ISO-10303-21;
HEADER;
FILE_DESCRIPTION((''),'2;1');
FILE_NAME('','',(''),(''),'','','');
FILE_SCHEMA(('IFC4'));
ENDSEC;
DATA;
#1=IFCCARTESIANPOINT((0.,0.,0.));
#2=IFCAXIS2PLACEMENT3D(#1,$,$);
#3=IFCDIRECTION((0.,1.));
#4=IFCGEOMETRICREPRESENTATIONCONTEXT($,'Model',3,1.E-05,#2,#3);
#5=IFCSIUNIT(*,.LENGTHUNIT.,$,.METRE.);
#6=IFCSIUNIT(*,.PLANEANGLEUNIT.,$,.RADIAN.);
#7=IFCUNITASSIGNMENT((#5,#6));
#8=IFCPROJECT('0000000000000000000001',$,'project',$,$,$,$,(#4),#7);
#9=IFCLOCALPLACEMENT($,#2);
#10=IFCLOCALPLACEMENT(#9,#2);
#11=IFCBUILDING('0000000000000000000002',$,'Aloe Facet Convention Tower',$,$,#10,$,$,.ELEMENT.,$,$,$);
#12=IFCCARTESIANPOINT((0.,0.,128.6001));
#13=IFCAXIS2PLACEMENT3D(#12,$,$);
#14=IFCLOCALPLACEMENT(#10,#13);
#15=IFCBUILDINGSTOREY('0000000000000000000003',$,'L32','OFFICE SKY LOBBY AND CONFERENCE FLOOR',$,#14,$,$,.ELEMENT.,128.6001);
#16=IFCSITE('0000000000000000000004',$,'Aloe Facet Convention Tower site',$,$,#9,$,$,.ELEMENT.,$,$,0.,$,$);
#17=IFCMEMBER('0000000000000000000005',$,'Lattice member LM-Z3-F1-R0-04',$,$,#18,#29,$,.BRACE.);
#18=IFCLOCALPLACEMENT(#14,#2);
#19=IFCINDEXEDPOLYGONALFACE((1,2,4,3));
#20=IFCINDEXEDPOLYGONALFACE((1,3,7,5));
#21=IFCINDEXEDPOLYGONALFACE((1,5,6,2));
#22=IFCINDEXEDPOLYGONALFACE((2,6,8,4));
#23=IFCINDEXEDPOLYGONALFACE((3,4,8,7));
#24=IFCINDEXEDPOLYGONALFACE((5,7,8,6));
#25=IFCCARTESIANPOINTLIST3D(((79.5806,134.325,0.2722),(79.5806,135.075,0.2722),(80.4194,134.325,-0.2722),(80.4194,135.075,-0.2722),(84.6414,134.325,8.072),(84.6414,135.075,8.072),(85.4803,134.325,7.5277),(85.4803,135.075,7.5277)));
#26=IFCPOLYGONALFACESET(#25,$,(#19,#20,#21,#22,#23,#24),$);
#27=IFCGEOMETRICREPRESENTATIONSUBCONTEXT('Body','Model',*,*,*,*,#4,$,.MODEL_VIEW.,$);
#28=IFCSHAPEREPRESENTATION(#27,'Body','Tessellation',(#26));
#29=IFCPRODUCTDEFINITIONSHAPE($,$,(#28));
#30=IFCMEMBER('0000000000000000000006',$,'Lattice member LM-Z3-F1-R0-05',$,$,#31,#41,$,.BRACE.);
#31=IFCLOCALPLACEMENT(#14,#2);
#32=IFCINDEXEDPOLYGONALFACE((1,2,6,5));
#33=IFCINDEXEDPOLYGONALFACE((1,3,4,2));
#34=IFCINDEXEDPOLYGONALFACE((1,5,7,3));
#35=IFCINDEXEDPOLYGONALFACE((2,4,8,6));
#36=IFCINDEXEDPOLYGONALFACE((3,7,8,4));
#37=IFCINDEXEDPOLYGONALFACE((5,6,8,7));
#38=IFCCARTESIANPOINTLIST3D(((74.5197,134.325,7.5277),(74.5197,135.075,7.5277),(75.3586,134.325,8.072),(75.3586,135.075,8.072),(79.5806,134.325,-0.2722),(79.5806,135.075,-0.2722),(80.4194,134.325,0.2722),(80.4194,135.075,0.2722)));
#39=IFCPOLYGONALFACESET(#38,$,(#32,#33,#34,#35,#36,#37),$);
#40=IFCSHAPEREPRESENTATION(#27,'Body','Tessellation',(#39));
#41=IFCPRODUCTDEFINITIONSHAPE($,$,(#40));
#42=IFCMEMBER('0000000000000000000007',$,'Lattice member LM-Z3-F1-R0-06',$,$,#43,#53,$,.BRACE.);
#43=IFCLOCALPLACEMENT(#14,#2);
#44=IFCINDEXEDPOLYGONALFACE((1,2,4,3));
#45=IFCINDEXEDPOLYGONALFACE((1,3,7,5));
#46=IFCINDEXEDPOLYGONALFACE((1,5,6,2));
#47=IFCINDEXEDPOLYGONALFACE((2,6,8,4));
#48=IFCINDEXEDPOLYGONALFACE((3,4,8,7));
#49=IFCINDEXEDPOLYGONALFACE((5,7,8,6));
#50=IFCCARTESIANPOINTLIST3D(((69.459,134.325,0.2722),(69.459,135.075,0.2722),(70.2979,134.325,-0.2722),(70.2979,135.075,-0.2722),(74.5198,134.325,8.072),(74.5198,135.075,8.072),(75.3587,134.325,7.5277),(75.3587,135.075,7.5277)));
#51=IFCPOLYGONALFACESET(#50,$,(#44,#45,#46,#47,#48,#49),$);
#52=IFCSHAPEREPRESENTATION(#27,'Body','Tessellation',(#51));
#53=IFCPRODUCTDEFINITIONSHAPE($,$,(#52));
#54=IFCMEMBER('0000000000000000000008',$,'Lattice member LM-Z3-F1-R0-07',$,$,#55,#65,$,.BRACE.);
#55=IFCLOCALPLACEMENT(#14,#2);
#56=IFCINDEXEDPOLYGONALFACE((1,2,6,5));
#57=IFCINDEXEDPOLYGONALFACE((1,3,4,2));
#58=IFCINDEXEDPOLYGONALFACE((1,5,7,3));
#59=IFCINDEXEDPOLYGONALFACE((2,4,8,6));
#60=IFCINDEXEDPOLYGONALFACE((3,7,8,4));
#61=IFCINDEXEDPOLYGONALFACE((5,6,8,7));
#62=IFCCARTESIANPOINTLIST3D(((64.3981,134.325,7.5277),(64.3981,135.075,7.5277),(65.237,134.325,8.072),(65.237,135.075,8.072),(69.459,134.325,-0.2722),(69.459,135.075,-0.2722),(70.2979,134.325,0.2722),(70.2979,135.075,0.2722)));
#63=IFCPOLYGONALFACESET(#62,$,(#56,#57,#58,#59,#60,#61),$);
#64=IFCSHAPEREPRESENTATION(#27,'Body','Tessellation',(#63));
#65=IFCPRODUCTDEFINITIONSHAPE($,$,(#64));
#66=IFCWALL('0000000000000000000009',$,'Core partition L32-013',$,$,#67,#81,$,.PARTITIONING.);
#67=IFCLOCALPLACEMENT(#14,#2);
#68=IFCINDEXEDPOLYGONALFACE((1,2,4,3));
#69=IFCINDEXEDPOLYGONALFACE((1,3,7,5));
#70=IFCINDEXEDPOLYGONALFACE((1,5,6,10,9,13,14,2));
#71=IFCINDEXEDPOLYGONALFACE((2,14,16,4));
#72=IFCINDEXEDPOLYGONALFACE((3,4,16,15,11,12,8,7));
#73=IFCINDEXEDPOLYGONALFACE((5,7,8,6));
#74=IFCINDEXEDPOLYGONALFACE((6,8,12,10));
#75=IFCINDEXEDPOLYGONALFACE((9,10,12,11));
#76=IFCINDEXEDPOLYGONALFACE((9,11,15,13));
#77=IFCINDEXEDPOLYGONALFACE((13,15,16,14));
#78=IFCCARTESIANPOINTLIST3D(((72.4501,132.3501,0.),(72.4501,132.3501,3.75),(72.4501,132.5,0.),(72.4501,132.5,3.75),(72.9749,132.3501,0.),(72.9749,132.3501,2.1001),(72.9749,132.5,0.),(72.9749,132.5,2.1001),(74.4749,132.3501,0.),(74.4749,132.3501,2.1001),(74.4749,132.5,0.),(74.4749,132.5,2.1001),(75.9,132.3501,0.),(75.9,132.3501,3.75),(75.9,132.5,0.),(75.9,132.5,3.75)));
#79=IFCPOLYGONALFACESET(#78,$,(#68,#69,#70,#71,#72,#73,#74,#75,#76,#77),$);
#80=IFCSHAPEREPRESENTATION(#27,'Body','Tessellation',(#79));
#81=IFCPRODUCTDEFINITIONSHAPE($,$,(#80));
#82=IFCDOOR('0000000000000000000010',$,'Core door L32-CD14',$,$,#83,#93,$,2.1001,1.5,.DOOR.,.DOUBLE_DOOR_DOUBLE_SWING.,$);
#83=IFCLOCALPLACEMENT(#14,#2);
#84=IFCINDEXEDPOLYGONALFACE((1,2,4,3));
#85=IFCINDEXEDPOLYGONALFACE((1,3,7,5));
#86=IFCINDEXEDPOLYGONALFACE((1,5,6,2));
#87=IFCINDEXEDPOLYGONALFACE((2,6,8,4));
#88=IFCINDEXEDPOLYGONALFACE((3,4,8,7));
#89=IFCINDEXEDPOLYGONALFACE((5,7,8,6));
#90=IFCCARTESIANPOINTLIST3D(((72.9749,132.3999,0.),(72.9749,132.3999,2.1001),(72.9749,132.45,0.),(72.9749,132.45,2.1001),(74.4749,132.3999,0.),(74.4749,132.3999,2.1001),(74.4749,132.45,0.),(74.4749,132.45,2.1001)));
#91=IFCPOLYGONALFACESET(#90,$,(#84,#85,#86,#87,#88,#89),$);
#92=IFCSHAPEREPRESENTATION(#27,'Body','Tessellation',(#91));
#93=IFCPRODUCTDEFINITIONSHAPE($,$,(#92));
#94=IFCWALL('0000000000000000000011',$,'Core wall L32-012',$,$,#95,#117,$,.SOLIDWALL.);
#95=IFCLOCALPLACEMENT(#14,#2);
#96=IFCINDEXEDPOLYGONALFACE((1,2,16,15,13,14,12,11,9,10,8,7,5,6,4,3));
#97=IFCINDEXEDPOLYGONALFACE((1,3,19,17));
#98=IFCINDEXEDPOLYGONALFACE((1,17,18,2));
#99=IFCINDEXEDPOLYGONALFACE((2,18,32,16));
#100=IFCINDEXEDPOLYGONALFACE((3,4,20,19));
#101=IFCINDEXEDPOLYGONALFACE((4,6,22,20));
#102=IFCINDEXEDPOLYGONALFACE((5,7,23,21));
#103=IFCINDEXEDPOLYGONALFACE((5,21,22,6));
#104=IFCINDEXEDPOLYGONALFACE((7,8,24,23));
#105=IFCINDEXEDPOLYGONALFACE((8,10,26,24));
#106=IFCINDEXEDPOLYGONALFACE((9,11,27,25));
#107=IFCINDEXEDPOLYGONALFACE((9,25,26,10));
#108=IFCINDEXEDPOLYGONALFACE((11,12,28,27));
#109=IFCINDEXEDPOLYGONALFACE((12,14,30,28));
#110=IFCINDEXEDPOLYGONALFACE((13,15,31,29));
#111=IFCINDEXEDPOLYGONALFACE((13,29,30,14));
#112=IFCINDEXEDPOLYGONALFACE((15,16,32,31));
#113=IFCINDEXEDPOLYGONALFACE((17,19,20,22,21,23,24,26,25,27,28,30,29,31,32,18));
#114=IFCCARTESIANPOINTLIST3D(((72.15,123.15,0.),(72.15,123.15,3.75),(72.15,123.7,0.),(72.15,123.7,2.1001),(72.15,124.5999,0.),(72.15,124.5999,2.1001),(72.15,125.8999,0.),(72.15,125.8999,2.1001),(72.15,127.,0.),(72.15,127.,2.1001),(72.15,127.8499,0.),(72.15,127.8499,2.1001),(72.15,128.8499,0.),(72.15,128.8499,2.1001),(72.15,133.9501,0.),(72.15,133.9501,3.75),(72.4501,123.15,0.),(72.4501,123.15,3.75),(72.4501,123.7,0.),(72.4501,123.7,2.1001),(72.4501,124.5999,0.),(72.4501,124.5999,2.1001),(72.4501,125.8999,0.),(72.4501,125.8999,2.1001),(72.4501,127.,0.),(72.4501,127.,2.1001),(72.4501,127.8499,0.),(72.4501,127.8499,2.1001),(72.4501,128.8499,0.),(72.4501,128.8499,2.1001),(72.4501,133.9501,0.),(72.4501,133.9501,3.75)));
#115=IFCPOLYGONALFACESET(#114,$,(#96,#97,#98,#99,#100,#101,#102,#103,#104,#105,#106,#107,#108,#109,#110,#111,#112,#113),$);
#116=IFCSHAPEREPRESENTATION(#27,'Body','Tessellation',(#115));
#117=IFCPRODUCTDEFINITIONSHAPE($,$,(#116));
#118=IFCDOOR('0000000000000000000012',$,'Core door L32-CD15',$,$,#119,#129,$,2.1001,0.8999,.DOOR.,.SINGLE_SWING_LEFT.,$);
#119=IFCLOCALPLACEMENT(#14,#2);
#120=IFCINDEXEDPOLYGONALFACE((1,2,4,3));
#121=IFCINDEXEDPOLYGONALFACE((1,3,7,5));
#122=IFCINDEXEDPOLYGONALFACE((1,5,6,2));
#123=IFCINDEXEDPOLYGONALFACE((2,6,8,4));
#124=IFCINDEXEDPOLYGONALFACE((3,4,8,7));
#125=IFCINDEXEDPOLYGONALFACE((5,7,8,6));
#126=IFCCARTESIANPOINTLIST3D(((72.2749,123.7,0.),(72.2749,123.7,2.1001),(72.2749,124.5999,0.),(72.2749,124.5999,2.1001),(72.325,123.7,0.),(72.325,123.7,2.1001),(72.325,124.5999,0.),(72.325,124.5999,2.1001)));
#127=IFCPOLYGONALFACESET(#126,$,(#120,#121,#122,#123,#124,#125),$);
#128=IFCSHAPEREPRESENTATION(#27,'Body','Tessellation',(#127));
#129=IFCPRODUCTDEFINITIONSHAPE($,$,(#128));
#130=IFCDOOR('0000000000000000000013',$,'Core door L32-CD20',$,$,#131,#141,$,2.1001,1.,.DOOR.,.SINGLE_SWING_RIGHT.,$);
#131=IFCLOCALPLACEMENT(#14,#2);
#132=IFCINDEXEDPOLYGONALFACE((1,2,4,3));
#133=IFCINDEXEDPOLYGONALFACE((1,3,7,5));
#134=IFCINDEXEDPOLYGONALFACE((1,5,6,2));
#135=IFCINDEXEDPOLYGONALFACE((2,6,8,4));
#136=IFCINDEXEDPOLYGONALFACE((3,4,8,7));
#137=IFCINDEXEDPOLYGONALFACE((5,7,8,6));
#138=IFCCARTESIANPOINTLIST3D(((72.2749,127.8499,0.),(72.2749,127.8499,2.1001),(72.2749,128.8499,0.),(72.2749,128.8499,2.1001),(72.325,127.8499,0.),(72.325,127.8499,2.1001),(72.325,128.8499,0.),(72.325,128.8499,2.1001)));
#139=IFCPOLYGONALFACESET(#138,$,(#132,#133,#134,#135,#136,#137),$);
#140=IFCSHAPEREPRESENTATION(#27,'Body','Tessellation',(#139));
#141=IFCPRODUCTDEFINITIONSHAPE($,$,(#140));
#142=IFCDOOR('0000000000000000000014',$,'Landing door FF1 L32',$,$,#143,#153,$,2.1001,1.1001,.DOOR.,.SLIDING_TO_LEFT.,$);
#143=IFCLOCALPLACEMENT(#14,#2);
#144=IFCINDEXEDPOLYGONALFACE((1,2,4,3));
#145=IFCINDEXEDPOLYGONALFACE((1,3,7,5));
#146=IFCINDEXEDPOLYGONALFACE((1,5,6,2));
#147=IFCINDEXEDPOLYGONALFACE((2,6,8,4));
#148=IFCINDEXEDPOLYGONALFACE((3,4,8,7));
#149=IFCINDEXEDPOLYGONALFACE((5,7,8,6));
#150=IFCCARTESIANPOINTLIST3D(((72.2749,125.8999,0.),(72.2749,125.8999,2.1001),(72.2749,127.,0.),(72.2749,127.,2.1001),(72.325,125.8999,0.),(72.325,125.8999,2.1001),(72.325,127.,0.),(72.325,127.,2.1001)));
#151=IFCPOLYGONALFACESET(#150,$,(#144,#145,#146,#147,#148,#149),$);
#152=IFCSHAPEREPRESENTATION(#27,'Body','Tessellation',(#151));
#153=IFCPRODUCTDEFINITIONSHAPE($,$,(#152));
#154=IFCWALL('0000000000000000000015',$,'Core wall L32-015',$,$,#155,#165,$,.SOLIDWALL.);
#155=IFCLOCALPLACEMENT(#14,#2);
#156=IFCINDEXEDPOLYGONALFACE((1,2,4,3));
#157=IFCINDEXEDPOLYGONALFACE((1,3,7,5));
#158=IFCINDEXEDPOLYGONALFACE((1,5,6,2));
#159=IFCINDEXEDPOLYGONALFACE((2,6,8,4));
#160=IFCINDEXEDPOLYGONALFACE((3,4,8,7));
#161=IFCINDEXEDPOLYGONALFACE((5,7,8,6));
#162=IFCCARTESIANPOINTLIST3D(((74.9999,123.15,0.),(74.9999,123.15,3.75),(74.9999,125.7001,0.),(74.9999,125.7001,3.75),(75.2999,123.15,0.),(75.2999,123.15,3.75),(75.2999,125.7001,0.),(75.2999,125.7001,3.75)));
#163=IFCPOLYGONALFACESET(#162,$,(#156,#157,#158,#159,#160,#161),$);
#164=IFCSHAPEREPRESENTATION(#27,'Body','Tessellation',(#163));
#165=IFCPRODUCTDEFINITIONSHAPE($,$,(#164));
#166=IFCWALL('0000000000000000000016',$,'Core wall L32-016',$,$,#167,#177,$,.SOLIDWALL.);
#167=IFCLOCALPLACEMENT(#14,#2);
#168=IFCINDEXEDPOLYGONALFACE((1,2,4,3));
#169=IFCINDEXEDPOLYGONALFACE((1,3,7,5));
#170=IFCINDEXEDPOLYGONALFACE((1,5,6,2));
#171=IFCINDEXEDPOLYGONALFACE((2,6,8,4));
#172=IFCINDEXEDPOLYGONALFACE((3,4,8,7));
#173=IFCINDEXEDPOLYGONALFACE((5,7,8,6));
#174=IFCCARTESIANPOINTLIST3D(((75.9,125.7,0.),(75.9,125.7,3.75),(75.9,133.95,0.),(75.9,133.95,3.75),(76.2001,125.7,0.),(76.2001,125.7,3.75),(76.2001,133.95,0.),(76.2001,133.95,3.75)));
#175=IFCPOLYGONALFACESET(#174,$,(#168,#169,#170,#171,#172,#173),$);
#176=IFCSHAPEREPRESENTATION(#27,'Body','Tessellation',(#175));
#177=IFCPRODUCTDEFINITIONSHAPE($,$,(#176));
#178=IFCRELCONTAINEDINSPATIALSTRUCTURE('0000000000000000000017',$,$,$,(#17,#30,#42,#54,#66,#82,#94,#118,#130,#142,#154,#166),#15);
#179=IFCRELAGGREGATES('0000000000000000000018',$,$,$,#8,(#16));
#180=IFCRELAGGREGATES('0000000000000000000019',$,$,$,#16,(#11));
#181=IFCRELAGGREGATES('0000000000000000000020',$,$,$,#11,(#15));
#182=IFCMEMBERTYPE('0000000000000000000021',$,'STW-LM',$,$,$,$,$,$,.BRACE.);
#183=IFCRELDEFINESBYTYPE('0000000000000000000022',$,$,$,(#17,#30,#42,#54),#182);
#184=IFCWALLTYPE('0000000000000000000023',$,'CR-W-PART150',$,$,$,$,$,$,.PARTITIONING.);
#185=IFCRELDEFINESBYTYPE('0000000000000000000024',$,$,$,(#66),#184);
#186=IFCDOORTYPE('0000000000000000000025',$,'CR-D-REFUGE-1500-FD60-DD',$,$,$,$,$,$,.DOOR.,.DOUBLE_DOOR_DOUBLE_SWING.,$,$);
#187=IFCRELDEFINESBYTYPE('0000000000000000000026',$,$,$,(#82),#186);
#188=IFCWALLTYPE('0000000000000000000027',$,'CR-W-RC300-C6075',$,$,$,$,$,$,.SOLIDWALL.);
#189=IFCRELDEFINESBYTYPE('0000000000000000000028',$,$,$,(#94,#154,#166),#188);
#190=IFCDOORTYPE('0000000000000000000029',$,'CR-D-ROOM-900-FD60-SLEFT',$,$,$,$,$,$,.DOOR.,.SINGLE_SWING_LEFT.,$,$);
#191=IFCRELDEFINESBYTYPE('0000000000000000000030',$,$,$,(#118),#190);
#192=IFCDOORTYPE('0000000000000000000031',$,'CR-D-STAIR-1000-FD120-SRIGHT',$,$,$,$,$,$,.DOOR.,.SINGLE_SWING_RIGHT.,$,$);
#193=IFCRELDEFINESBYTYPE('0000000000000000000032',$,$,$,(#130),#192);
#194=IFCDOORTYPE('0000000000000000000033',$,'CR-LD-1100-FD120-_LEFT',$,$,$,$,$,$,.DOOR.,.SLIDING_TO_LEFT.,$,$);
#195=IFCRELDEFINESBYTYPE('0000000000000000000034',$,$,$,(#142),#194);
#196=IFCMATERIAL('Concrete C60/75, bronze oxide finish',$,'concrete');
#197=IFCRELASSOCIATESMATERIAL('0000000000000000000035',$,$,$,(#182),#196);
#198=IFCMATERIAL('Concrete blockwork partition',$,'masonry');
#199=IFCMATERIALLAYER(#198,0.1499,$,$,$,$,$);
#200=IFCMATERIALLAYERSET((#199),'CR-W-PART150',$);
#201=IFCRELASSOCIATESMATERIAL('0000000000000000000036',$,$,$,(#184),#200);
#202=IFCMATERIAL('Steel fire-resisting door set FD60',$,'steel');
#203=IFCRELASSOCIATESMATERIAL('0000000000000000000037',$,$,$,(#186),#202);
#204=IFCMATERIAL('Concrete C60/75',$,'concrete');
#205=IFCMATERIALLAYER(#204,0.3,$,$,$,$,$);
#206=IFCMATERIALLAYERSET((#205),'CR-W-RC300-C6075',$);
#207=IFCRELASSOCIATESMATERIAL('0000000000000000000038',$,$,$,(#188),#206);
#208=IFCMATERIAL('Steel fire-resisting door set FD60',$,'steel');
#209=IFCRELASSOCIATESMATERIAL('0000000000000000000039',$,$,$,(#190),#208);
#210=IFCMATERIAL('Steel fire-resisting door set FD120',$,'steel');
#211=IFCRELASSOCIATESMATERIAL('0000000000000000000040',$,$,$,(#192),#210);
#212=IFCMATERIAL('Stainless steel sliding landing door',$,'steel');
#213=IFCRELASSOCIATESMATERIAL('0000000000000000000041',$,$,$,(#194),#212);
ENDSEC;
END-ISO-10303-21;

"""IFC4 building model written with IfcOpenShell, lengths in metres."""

from ifc_helpers import new_model, si_unit, direction, frame, frame_2d, origin, origin_2d, place, context, subcontext, project, spatial, rectangle, extrude, material, layer, layer_set, material_profile, profile_set, type_object, element, fill, save


model = new_model("IFC4")

# Units and contexts
model_context = context("Model", 3, precision=1e-05, world=origin(), true_north=direction((0.0, 1.0)))
body_context = subcontext(model_context, "Body", "Model", "MODEL_VIEW")
ifc_project = project(units=[si_unit("LENGTHUNIT", "METRE"), si_unit("PLANEANGLEUNIT", "RADIAN")], contexts=[model_context])

# Site, building, storey
site_placement = place(None, origin())
site = spatial("IfcSite", under=ifc_project, at=site_placement, Name="Aloe Facet Convention Tower site", CompositionType="ELEMENT", RefElevation=0.0)
building_placement = place(site_placement, origin())
building = spatial("IfcBuilding", under=site, at=building_placement, Name="Aloe Facet Convention Tower", CompositionType="ELEMENT")
storey_placement = place(building_placement, frame((0.0, 0.0, 128.6001)))
storey = spatial("IfcBuildingStorey", under=building, at=storey_placement, Name="L32", Description="OFFICE SKY LOBBY AND CONFERENCE FLOOR", CompositionType="ELEMENT", Elevation=128.6001)

# Members
ifc_material_1 = material(Name="Concrete C60/75, bronze oxide finish", Category="concrete")
ifc_material_profile = material_profile(ifc_material_1, rectangle(XDim=0.75, YDim=1.0, at=origin_2d()), Name="STW-LM")
ifc_profile_set = profile_set([ifc_material_profile], Name="Concrete C60/75, bronze oxide finish")
member_type = type_object("IfcMemberType", Name="STW-LM", PredefinedType="BRACE", material=ifc_profile_set)
for number, where, z_axis, x_axis, name in (
    (1, (80.0, 134.7, 0.0), (0.544301, 0.0, 0.83889), (0.0, 1.0, 0.0), "Lattice member LM-Z3-F1-R0-04"),
    (2, (80.0, 134.7, 0.0), (-0.544301, 0.0, 0.83889), (0.0, -1.0, 0.0), "Lattice member LM-Z3-F1-R0-05"),
    (3, (69.8784, 134.7, 0.0), (0.544301, 0.0, 0.83889), (0.0, 1.0, 0.0), "Lattice member LM-Z3-F1-R0-06"),
    (4, (69.8784, 134.7, 0.0), (-0.544301, 0.0, 0.83889), (0.0, -1.0, 0.0), "Lattice member LM-Z3-F1-R0-07"),
):
    element("IfcMember", number, at=place(storey_placement, frame(where, z_axis=z_axis, x_axis=x_axis)), inside=storey, type_object=member_type, Name=name, PredefinedType="BRACE", context=body_context, shape_type="SweptSolid", body=[
        extrude(rectangle(XDim=0.75, YDim=1.0, at=origin_2d()), origin(), (0.0, 0.0, 1.0), 9.2979),
    ])

# Wall, opening, door
ifc_material_2 = material(Name="Concrete blockwork partition", Category="masonry")
ifc_layer_1 = layer(ifc_material_2, 0.1499)
ifc_layer_set_1 = layer_set([ifc_layer_1], Name="CR-W-PART150")
wall_type_1 = type_object("IfcWallType", Name="CR-W-PART150", PredefinedType="PARTITIONING", material=ifc_layer_set_1)
wall_1_placement = place(storey_placement, frame((72.45, 132.425, 0.0), z_axis=(0.0, 0.0, 1.0), x_axis=(1.0, 0.0, 0.0)))
wall_1 = element("IfcWall", 5, at=wall_1_placement, inside=storey, type_object=wall_type_1, Name="Core partition L32-013", PredefinedType="PARTITIONING", context=body_context, shape_type="SweptSolid", body=[
    extrude(rectangle(XDim=3.45, YDim=0.1499, at=frame_2d((1.7251, 0.0))), origin(), (0.0, 0.0, 1.0), 3.75),
])
opening_1_placement = place(wall_1_placement, frame((0.5249, 0.0, 0.0)))
opening_1 = element("IfcOpeningElement", 6, at=opening_1_placement, cuts=wall_1, PredefinedType="OPENING", context=body_context, shape_type="SweptSolid", body=[
    extrude(rectangle(XDim=1.5, YDim=2.1001, at=frame_2d((0.75, 1.05))), frame((0.0, 0.085, 0.0), z_axis=(0.0, -1.0, 0.0), x_axis=(1.0, 0.0, 0.0)), (0.0, 0.0, 1.0), 0.1699),
])
ifc_material_3 = material(Name="Steel fire-resisting door set FD60", Category="steel")
door_type_1 = type_object("IfcDoorType", Name="CR-D-REFUGE-1500-FD60-DD", OperationType="DOUBLE_DOOR_DOUBLE_SWING", PredefinedType="DOOR", material=ifc_material_3)
door_1_placement = place(opening_1_placement, origin())
door_1 = element("IfcDoor", 7, at=door_1_placement, inside=storey, type_object=door_type_1, Name="Core door L32-CD14", OperationType="DOUBLE_DOOR_DOUBLE_SWING", OverallHeight=2.1001, OverallWidth=1.5, PredefinedType="DOOR", context=body_context, shape_type="SweptSolid", body=[
    extrude(rectangle(XDim=1.5, YDim=2.1001, at=frame_2d((0.75, 1.05))), frame((0.0, 0.0249, 0.0), z_axis=(0.0, -1.0, 0.0), x_axis=(1.0, 0.0, 0.0)), (0.0, 0.0, 1.0), 0.05),
])
fill(opening_1, door_1)

# Wall, openings, doors
ifc_material_4 = material(Name="Concrete C60/75", Category="concrete")
ifc_layer_2 = layer(ifc_material_4, 0.3)
ifc_layer_set_2 = layer_set([ifc_layer_2], Name="CR-W-RC300-C6075")
wall_type_2 = type_object("IfcWallType", Name="CR-W-RC300-C6075", PredefinedType="SOLIDWALL", material=ifc_layer_set_2)
wall_2_placement = place(storey_placement, frame((72.3, 133.95, 0.0), z_axis=(0.0, 0.0, 1.0), x_axis=(0.0, -1.0, 0.0)))
wall_2 = element("IfcWall", 8, at=wall_2_placement, inside=storey, type_object=wall_type_2, Name="Core wall L32-012", PredefinedType="SOLIDWALL", context=body_context, shape_type="SweptSolid", body=[
    extrude(rectangle(XDim=10.8, YDim=0.3, at=frame_2d((5.3999, 0.0))), origin(), (0.0, 0.0, 1.0), 3.75),
])
opening_2_placement = place(wall_2_placement, frame((6.95, 0.0, 0.0)))
opening_2 = element("IfcOpeningElement", 9, at=opening_2_placement, cuts=wall_2, PredefinedType="OPENING", context=body_context, shape_type="SweptSolid", body=[
    extrude(rectangle(XDim=1.1001, YDim=2.1001, at=frame_2d((0.55, 1.05))), frame((0.0, 0.1602, 0.0), z_axis=(0.0, -1.0, 0.0), x_axis=(1.0, 0.0, 0.0)), (0.0, 0.0, 1.0), 0.3201),
])
opening_3_placement = place(wall_2_placement, frame((9.3501, 0.0, 0.0)))
opening_3 = element("IfcOpeningElement", 10, at=opening_3_placement, cuts=wall_2, PredefinedType="OPENING", context=body_context, shape_type="SweptSolid", body=[
    extrude(rectangle(XDim=0.8999, YDim=2.1001, at=frame_2d((0.45, 1.05))), frame((0.0, 0.1602, 0.0), z_axis=(0.0, -1.0, 0.0), x_axis=(1.0, 0.0, 0.0)), (0.0, 0.0, 1.0), 0.3201),
])
opening_4_placement = place(wall_2_placement, frame((5.1001, 0.0, 0.0)))
opening_4 = element("IfcOpeningElement", 11, at=opening_4_placement, cuts=wall_2, PredefinedType="OPENING", context=body_context, shape_type="SweptSolid", body=[
    extrude(rectangle(XDim=1.0, YDim=2.1001, at=frame_2d((0.5, 1.05))), frame((0.0, 0.1602, 0.0), z_axis=(0.0, -1.0, 0.0), x_axis=(1.0, 0.0, 0.0)), (0.0, 0.0, 1.0), 0.3201),
])
ifc_material_5 = material(Name="Steel fire-resisting door set FD60", Category="steel")
door_type_2 = type_object("IfcDoorType", Name="CR-D-ROOM-900-FD60-SLEFT", OperationType="SINGLE_SWING_LEFT", PredefinedType="DOOR", material=ifc_material_5)
door_2_placement = place(opening_3_placement, origin())
door_2 = element("IfcDoor", 12, at=door_2_placement, inside=storey, type_object=door_type_2, Name="Core door L32-CD15", OperationType="SINGLE_SWING_LEFT", OverallHeight=2.1001, OverallWidth=0.8999, PredefinedType="DOOR", context=body_context, shape_type="SweptSolid", body=[
    extrude(rectangle(XDim=0.8999, YDim=2.1001, at=frame_2d((0.45, 1.05))), frame((0.0, 0.0249, 0.0), z_axis=(0.0, -1.0, 0.0), x_axis=(1.0, 0.0, 0.0)), (0.0, 0.0, 1.0), 0.05),
])
fill(opening_3, door_2)
ifc_material_6 = material(Name="Steel fire-resisting door set FD120", Category="steel")
door_type_3 = type_object("IfcDoorType", Name="CR-D-STAIR-1000-FD120-SRIGHT", OperationType="SINGLE_SWING_RIGHT", PredefinedType="DOOR", material=ifc_material_6)
door_3_placement = place(opening_4_placement, origin())
door_3 = element("IfcDoor", 13, at=door_3_placement, inside=storey, type_object=door_type_3, Name="Core door L32-CD20", OperationType="SINGLE_SWING_RIGHT", OverallHeight=2.1001, OverallWidth=1.0, PredefinedType="DOOR", context=body_context, shape_type="SweptSolid", body=[
    extrude(rectangle(XDim=1.0, YDim=2.1001, at=frame_2d((0.5, 1.05))), frame((0.0, 0.0249, 0.0), z_axis=(0.0, -1.0, 0.0), x_axis=(1.0, 0.0, 0.0)), (0.0, 0.0, 1.0), 0.05),
])
fill(opening_4, door_3)
ifc_material_7 = material(Name="Stainless steel sliding landing door", Category="steel")
door_type_4 = type_object("IfcDoorType", Name="CR-LD-1100-FD120-_LEFT", OperationType="SLIDING_TO_LEFT", PredefinedType="DOOR", material=ifc_material_7)
door_4_placement = place(opening_2_placement, origin())
door_4 = element("IfcDoor", 14, at=door_4_placement, inside=storey, type_object=door_type_4, Name="Landing door FF1 L32", OperationType="SLIDING_TO_LEFT", OverallHeight=2.1001, OverallWidth=1.1001, PredefinedType="DOOR", context=body_context, shape_type="SweptSolid", body=[
    extrude(rectangle(XDim=1.1001, YDim=2.1001, at=frame_2d((0.55, 1.05))), frame((0.0, 0.0249, 0.0), z_axis=(0.0, -1.0, 0.0), x_axis=(1.0, 0.0, 0.0)), (0.0, 0.0, 1.0), 0.05),
])
fill(opening_2, door_4)

# Walls
wall_3_placement = place(storey_placement, frame((75.1499, 125.7, 0.0), z_axis=(0.0, 0.0, 1.0), x_axis=(0.0, -1.0, 0.0)))
element("IfcWall", 15, at=wall_3_placement, inside=storey, type_object=wall_type_2, Name="Core wall L32-015", PredefinedType="SOLIDWALL", context=body_context, shape_type="SweptSolid", body=[
    extrude(rectangle(XDim=2.55, YDim=0.3, at=frame_2d((1.2749, 0.0))), origin(), (0.0, 0.0, 1.0), 3.75),
])
wall_4_placement = place(storey_placement, frame((76.05, 133.95, 0.0), z_axis=(0.0, 0.0, 1.0), x_axis=(0.0, -1.0, 0.0)))
element("IfcWall", 16, at=wall_4_placement, inside=storey, type_object=wall_type_2, Name="Core wall L32-016", PredefinedType="SOLIDWALL", context=body_context, shape_type="SweptSolid", body=[
    extrude(rectangle(XDim=8.25, YDim=0.3, at=frame_2d((4.125, 0.0))), origin(), (0.0, 0.0, 1.0), 3.75),
])

save(model, "model.ifc")
